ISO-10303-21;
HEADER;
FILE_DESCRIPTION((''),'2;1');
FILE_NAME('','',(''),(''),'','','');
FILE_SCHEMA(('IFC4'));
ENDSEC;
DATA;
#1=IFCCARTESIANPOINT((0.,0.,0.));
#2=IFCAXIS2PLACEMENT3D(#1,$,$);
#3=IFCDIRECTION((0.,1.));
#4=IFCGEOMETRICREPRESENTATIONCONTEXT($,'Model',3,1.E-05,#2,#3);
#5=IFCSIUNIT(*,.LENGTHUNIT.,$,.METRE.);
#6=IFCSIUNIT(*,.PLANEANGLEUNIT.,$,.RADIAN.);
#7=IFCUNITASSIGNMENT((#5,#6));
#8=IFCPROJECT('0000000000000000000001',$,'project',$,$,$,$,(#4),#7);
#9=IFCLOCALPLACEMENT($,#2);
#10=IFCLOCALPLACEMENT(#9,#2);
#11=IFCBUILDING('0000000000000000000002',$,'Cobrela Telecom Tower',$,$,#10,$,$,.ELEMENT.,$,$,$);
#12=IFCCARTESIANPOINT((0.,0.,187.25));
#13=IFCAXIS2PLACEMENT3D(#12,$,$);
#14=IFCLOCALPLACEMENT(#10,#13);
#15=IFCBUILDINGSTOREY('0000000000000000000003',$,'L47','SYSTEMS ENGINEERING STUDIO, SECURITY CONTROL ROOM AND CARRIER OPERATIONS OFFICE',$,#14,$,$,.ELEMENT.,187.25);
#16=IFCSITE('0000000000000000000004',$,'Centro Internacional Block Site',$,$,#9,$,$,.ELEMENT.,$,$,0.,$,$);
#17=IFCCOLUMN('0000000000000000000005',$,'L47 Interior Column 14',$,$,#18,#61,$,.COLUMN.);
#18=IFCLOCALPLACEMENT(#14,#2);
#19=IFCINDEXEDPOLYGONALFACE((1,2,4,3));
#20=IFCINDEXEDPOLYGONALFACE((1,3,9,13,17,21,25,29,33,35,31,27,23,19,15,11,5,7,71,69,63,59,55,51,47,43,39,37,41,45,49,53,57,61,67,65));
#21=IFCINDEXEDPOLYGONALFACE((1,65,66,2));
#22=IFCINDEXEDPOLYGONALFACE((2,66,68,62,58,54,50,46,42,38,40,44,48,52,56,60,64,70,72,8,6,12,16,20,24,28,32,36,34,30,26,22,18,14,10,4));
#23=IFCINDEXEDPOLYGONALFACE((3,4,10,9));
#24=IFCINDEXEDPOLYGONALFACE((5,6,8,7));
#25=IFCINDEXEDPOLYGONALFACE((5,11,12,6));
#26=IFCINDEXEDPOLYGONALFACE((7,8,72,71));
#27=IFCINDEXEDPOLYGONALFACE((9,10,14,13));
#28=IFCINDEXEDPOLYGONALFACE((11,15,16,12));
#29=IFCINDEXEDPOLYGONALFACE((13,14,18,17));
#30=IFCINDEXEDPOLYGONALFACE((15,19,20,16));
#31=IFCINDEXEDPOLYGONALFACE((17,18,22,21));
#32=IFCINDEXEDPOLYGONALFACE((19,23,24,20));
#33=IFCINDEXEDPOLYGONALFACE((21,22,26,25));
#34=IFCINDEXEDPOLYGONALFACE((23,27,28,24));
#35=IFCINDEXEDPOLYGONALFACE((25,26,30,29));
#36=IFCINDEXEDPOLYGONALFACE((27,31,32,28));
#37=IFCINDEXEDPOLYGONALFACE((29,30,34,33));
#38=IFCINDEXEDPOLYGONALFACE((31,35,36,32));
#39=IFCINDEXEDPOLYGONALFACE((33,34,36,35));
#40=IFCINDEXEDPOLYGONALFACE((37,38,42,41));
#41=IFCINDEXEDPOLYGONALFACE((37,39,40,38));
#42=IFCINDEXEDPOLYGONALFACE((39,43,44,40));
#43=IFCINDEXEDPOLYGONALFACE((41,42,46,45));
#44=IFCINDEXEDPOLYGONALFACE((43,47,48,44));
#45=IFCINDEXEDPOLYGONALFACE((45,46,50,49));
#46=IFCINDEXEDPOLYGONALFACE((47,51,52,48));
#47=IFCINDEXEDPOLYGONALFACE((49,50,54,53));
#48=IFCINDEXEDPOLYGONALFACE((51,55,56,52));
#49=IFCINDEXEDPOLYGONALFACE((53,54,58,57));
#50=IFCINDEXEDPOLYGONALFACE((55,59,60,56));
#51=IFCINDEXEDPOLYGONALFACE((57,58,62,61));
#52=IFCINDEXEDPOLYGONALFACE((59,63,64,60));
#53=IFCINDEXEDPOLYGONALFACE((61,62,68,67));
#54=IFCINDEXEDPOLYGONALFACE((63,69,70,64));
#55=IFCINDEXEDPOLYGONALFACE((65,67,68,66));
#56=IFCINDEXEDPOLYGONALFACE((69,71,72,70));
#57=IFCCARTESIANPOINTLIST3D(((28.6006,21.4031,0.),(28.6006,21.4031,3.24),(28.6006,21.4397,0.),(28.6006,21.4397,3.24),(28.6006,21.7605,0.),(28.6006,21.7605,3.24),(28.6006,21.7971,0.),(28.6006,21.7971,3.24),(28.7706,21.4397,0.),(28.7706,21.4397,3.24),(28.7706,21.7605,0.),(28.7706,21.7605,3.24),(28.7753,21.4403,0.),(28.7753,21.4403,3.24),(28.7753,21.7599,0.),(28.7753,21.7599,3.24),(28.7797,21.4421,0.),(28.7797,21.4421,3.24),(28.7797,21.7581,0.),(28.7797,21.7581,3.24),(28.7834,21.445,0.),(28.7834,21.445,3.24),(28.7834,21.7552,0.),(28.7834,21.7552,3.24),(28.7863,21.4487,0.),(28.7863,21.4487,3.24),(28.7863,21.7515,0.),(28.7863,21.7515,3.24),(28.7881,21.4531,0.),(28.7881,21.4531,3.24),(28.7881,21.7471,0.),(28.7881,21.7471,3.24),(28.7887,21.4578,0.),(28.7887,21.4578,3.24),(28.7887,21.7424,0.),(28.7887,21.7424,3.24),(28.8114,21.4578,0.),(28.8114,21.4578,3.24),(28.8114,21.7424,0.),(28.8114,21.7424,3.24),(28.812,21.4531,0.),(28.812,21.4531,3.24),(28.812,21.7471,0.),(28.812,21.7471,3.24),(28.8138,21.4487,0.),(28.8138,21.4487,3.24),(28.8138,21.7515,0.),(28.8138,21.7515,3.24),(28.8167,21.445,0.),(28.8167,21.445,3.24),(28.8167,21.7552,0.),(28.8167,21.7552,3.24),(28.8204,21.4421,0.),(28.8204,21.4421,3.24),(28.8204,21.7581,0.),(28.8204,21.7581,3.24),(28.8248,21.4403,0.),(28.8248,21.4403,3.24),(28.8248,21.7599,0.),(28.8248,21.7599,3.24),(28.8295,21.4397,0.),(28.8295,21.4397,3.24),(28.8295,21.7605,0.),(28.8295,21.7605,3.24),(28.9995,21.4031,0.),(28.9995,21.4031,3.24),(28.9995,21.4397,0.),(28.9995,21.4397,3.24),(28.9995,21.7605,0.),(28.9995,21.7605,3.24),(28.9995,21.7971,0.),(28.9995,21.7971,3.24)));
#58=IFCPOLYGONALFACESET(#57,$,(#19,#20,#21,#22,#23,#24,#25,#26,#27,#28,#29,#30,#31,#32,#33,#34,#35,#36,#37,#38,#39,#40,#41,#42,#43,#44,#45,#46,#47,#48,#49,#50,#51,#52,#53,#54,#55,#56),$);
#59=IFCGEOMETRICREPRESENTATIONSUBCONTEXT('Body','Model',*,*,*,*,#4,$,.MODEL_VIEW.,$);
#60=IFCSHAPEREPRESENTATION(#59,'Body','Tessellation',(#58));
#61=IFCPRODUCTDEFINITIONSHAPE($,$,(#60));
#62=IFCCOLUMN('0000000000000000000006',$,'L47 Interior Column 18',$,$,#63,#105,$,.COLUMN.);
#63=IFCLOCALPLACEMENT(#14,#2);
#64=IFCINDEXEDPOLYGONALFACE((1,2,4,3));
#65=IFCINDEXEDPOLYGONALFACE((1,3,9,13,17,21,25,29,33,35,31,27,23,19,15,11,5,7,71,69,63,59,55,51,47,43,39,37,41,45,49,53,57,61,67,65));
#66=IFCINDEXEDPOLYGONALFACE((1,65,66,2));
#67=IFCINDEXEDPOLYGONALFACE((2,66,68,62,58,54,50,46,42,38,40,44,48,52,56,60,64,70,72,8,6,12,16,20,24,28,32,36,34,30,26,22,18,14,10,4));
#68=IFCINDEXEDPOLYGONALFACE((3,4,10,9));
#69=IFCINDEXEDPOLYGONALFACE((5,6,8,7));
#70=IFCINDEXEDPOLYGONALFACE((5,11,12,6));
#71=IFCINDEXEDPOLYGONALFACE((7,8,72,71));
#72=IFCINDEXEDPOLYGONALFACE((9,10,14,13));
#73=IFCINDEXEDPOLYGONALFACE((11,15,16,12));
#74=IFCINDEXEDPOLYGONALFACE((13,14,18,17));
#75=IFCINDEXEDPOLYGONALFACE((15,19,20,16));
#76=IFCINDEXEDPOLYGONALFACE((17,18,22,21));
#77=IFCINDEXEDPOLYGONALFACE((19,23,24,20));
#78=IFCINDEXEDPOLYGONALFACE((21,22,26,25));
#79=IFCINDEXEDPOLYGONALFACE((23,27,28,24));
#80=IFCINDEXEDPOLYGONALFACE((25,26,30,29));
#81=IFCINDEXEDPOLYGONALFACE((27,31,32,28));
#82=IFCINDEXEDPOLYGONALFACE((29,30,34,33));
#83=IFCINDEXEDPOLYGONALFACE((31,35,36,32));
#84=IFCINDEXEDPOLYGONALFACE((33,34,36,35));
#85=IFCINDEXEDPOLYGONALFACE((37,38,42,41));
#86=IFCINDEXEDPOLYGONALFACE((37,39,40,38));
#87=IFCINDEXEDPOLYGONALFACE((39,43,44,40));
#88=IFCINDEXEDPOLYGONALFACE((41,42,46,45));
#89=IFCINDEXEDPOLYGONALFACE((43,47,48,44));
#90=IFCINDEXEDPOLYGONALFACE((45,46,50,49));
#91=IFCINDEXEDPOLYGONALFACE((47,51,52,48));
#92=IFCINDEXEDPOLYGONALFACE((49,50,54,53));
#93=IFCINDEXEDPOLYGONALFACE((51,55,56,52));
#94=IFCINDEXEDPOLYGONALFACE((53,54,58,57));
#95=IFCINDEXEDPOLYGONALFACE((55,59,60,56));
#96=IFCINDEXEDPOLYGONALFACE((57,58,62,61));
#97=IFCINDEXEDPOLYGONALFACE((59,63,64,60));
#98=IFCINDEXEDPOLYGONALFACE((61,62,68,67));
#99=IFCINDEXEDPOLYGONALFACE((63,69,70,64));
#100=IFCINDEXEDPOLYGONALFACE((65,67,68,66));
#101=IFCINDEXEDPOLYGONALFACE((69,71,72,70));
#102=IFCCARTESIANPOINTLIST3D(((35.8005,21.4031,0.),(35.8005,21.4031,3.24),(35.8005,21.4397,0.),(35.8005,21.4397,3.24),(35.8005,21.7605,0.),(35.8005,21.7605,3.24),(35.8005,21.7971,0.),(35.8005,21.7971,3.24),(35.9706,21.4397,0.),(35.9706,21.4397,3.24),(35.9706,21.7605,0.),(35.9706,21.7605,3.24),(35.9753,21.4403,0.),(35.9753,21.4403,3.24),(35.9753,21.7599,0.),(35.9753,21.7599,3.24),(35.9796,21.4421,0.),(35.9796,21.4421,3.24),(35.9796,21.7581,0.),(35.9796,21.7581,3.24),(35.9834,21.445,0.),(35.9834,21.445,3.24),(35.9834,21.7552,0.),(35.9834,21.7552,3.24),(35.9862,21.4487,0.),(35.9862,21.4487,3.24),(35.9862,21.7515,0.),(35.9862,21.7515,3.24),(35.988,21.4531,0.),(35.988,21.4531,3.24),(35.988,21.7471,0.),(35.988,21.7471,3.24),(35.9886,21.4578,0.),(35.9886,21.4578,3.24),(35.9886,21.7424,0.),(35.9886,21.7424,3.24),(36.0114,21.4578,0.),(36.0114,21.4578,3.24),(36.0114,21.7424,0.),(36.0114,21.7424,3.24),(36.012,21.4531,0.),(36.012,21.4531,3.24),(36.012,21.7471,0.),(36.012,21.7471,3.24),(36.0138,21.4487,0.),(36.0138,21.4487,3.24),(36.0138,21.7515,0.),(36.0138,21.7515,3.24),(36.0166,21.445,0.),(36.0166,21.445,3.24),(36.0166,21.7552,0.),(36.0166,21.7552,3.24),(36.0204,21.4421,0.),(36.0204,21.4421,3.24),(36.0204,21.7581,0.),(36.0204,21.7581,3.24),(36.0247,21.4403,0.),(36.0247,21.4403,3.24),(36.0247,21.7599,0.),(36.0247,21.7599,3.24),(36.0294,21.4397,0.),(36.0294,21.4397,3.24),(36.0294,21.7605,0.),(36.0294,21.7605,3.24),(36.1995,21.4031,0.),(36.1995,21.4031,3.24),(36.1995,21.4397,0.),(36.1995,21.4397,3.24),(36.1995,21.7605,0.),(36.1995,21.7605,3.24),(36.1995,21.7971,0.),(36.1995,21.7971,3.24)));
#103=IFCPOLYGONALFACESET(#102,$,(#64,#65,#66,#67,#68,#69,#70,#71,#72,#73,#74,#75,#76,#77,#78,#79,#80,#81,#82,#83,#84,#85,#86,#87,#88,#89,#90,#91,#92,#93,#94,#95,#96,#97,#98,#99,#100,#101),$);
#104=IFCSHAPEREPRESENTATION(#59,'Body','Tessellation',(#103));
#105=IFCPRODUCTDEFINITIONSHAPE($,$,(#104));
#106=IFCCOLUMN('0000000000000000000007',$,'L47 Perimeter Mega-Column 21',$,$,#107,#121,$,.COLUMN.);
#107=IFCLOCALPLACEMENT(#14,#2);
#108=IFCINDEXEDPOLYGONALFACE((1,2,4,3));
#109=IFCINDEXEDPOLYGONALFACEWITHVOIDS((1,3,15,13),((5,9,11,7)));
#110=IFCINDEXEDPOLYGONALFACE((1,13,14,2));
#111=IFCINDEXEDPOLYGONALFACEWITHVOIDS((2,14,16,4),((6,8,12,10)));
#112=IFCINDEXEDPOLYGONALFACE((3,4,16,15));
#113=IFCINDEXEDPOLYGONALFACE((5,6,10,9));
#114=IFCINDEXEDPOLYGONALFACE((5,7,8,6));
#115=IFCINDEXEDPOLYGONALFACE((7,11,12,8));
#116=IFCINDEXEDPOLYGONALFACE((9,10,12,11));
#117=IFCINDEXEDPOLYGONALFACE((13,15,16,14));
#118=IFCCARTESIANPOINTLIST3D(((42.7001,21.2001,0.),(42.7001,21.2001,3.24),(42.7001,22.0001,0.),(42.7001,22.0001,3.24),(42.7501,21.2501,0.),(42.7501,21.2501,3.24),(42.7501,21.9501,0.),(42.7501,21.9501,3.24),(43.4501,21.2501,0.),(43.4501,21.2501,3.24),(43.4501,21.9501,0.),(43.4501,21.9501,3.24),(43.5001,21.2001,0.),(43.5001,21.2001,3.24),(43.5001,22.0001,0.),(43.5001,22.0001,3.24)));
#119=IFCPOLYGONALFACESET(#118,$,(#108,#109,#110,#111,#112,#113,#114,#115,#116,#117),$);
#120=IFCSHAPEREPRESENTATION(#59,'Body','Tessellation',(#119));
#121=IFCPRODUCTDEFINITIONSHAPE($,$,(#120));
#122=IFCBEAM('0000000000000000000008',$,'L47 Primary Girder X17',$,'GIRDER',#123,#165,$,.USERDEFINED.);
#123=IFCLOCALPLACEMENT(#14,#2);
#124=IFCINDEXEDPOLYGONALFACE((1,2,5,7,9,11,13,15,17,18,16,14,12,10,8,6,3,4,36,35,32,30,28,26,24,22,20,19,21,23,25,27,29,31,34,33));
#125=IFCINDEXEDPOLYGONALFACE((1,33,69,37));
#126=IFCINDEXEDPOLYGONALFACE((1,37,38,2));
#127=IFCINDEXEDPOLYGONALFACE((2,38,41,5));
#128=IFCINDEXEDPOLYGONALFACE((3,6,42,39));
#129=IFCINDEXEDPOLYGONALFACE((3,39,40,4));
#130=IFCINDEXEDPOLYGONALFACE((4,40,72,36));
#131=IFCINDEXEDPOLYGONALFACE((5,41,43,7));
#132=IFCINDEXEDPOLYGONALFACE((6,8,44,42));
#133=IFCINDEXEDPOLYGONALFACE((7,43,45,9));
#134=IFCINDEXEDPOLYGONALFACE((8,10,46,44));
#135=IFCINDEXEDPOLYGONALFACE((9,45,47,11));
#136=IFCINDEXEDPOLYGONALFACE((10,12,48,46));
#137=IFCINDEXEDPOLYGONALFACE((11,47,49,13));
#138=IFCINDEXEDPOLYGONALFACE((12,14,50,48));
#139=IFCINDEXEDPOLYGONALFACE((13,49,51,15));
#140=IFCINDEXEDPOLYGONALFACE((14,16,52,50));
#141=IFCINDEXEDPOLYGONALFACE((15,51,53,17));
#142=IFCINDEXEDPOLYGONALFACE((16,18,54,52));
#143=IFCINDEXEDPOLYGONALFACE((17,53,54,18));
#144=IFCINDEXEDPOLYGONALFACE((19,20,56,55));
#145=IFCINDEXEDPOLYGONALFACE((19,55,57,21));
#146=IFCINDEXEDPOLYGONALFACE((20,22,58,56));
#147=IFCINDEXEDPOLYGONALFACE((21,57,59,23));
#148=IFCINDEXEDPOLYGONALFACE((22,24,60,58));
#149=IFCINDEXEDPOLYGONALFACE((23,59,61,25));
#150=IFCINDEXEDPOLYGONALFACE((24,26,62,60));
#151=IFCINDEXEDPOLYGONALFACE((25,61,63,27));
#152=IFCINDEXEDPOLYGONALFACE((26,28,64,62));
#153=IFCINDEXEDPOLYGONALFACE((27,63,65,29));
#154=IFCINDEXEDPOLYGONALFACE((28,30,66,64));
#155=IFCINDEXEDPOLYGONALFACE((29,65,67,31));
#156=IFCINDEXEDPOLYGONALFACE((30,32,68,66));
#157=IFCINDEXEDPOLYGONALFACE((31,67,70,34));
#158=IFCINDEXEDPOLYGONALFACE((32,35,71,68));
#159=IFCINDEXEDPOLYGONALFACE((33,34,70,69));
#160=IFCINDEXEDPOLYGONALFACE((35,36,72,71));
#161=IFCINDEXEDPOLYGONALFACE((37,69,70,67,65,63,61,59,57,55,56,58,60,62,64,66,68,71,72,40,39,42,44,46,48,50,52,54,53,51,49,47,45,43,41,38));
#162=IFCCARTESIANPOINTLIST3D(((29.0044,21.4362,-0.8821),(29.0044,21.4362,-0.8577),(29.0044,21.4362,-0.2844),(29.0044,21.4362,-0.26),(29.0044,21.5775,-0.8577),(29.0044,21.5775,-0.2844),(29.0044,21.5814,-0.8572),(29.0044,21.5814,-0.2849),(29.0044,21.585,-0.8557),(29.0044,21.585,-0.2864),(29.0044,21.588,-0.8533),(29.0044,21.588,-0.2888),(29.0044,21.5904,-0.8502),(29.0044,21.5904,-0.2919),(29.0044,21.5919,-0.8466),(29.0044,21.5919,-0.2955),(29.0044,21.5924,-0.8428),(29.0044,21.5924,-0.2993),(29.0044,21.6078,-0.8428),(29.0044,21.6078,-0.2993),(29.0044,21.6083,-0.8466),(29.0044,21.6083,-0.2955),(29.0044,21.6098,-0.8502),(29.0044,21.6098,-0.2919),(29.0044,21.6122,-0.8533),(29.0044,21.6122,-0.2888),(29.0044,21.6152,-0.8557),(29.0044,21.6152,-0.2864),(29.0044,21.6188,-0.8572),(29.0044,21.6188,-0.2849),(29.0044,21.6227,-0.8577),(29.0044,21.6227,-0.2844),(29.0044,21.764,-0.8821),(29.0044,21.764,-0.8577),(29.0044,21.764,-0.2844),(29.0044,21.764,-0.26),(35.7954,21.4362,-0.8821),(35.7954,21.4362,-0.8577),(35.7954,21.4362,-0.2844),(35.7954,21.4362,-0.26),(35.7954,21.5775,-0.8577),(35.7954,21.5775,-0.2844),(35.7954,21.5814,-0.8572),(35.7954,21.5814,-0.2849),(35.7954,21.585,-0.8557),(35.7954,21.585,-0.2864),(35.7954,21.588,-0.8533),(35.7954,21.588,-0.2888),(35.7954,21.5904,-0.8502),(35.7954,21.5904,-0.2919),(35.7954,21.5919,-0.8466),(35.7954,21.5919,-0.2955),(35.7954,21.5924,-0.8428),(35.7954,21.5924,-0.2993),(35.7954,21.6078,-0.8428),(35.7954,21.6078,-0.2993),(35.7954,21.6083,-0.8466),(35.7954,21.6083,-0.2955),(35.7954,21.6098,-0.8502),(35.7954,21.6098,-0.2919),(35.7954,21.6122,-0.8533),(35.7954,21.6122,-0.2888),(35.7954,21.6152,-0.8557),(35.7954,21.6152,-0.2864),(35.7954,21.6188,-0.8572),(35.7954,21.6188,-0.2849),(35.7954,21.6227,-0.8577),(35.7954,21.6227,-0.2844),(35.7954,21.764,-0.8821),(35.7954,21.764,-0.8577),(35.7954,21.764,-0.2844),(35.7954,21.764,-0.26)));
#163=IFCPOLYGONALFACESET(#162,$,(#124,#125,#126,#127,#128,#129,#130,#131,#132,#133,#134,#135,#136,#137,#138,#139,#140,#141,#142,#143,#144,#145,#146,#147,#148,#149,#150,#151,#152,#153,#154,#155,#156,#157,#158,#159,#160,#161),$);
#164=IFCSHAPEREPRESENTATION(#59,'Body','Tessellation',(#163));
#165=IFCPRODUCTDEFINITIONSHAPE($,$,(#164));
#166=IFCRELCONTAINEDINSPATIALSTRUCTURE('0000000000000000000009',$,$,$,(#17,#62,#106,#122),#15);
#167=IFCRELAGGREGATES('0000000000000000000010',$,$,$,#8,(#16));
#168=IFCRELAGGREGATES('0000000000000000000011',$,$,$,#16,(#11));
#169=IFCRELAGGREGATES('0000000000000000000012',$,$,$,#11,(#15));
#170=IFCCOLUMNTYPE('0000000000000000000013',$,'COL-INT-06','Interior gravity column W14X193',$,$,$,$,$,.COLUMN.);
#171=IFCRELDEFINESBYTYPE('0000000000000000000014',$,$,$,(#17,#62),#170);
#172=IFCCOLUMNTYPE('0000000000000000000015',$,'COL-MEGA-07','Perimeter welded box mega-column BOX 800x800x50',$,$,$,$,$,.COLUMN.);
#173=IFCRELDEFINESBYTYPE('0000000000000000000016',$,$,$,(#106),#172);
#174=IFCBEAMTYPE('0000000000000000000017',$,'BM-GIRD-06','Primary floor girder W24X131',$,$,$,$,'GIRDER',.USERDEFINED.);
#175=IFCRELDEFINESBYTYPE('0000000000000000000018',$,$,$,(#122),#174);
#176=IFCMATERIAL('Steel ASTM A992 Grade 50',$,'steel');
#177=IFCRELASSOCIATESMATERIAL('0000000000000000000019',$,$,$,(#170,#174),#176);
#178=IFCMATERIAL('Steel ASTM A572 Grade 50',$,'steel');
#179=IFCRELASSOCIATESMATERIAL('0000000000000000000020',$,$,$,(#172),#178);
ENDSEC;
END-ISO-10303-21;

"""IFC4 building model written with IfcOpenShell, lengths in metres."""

from ifc_helpers import new_model, si_unit, direction, frame, origin, origin_2d, place, context, subcontext, project, spatial, hollow_rectangle, i_section, extrude, material, material_profile, profile_set, type_object, element, save


model = new_model("IFC4")

# Units and contexts
model_context = context("Model", 3, precision=1e-05, world=origin(), true_north=direction((0.0, 1.0)))
body_context = subcontext(model_context, "Body", "Model", "MODEL_VIEW")
ifc_project = project(units=[si_unit("LENGTHUNIT", "METRE"), si_unit("PLANEANGLEUNIT", "RADIAN")], contexts=[model_context])

# Site, building, storey
site_placement = place(None, origin())
site = spatial("IfcSite", under=ifc_project, at=site_placement, Name="Centro Internacional Block Site", CompositionType="ELEMENT", RefElevation=0.0)
building_placement = place(site_placement, origin())
building = spatial("IfcBuilding", under=site, at=building_placement, Name="Cobrela Telecom Tower", CompositionType="ELEMENT")
storey_placement = place(building_placement, frame((0.0, 0.0, 187.25)))
storey = spatial("IfcBuildingStorey", under=building, at=storey_placement, Name="L47", Description="SYSTEMS ENGINEERING STUDIO, SECURITY CONTROL ROOM AND CARRIER OPERATIONS OFFICE", CompositionType="ELEMENT", Elevation=187.25)

# Columns
ifc_material_1 = material(Name="Steel ASTM A992 Grade 50", Category="steel")
ifc_material_profile_1 = material_profile(ifc_material_1, i_section(OverallWidth=0.3989, OverallDepth=0.394, WebThickness=0.0227, FlangeThickness=0.0366, FilletRadius=0.0181, at=origin_2d()), Name="W14X193")
ifc_profile_set_1 = profile_set([ifc_material_profile_1], Name="Steel ASTM A992 Grade 50")
column_type_1 = type_object("IfcColumnType", Name="COL-INT-06", Description="Interior gravity column W14X193", PredefinedType="COLUMN", material=ifc_profile_set_1)
for number, where, z_axis, x_axis, name in (
    (1, (28.8, 21.6001, 0.0), (0.0, 0.0, 1.0), (1.0, 0.0, 0.0), "L47 Interior Column 14"),
    (2, (36.0, 21.6001, 0.0), (0.0, 0.0, 1.0), (1.0, 0.0, 0.0), "L47 Interior Column 18"),
):
    element("IfcColumn", number, at=place(storey_placement, frame(where, z_axis=z_axis, x_axis=x_axis)), inside=storey, type_object=column_type_1, Name=name, PredefinedType="COLUMN", context=body_context, shape_type="SweptSolid", body=[
        extrude(i_section(OverallWidth=0.3989, OverallDepth=0.394, WebThickness=0.0227, FlangeThickness=0.0366, FilletRadius=0.0181, at=origin_2d()), origin(), (0.0, 0.0, 1.0), 3.24),
    ])
ifc_material_2 = material(Name="Steel ASTM A572 Grade 50", Category="steel")
ifc_material_profile_2 = material_profile(ifc_material_2, hollow_rectangle(XDim=0.8, YDim=0.8, WallThickness=0.05, at=origin_2d()), Name="BOX 800x800x50")
ifc_profile_set_2 = profile_set([ifc_material_profile_2], Name="Steel ASTM A572 Grade 50")
column_type_2 = type_object("IfcColumnType", Name="COL-MEGA-07", Description="Perimeter welded box mega-column BOX 800x800x50", PredefinedType="COLUMN", material=ifc_profile_set_2)
column_placement = place(storey_placement, frame((43.1001, 21.6001, 0.0), z_axis=(0.0, 0.0, 1.0), x_axis=(1.0, 0.0, 0.0)))
element("IfcColumn", 3, at=column_placement, inside=storey, type_object=column_type_2, Name="L47 Perimeter Mega-Column 21", PredefinedType="COLUMN", context=body_context, shape_type="SweptSolid", body=[
    extrude(hollow_rectangle(XDim=0.8, YDim=0.8, WallThickness=0.05, at=origin_2d()), origin(), (0.0, 0.0, 1.0), 3.24),
])

# Beam
ifc_material_profile_3 = material_profile(ifc_material_1, i_section(OverallWidth=0.3279, OverallDepth=0.6221, WebThickness=0.0154, FlangeThickness=0.0244, FilletRadius=0.0149, at=origin_2d()), Name="W24X131")
ifc_profile_set_3 = profile_set([ifc_material_profile_3], Name="Steel ASTM A992 Grade 50")
beam_type_1 = type_object("IfcBeamType", Name="BM-GIRD-06", Description="Primary floor girder W24X131", ElementType="GIRDER", PredefinedType="USERDEFINED", material=ifc_profile_set_3)
beam_1_placement = place(storey_placement, frame((29.0044, 21.6001, -0.571), z_axis=(1.0, 0.0, 0.0), x_axis=(0.0, 1.0, 0.0)))
element("IfcBeam", 4, at=beam_1_placement, inside=storey, type_object=beam_type_1, Name="L47 Primary Girder X17", ObjectType="GIRDER", PredefinedType="USERDEFINED", context=body_context, shape_type="SweptSolid", body=[
    extrude(i_section(OverallWidth=0.3279, OverallDepth=0.6221, WebThickness=0.0154, FlangeThickness=0.0244, FilletRadius=0.0149, at=origin_2d()), origin(), (0.0, 0.0, 1.0), 6.791),
])

save(model, "model.ifc")
